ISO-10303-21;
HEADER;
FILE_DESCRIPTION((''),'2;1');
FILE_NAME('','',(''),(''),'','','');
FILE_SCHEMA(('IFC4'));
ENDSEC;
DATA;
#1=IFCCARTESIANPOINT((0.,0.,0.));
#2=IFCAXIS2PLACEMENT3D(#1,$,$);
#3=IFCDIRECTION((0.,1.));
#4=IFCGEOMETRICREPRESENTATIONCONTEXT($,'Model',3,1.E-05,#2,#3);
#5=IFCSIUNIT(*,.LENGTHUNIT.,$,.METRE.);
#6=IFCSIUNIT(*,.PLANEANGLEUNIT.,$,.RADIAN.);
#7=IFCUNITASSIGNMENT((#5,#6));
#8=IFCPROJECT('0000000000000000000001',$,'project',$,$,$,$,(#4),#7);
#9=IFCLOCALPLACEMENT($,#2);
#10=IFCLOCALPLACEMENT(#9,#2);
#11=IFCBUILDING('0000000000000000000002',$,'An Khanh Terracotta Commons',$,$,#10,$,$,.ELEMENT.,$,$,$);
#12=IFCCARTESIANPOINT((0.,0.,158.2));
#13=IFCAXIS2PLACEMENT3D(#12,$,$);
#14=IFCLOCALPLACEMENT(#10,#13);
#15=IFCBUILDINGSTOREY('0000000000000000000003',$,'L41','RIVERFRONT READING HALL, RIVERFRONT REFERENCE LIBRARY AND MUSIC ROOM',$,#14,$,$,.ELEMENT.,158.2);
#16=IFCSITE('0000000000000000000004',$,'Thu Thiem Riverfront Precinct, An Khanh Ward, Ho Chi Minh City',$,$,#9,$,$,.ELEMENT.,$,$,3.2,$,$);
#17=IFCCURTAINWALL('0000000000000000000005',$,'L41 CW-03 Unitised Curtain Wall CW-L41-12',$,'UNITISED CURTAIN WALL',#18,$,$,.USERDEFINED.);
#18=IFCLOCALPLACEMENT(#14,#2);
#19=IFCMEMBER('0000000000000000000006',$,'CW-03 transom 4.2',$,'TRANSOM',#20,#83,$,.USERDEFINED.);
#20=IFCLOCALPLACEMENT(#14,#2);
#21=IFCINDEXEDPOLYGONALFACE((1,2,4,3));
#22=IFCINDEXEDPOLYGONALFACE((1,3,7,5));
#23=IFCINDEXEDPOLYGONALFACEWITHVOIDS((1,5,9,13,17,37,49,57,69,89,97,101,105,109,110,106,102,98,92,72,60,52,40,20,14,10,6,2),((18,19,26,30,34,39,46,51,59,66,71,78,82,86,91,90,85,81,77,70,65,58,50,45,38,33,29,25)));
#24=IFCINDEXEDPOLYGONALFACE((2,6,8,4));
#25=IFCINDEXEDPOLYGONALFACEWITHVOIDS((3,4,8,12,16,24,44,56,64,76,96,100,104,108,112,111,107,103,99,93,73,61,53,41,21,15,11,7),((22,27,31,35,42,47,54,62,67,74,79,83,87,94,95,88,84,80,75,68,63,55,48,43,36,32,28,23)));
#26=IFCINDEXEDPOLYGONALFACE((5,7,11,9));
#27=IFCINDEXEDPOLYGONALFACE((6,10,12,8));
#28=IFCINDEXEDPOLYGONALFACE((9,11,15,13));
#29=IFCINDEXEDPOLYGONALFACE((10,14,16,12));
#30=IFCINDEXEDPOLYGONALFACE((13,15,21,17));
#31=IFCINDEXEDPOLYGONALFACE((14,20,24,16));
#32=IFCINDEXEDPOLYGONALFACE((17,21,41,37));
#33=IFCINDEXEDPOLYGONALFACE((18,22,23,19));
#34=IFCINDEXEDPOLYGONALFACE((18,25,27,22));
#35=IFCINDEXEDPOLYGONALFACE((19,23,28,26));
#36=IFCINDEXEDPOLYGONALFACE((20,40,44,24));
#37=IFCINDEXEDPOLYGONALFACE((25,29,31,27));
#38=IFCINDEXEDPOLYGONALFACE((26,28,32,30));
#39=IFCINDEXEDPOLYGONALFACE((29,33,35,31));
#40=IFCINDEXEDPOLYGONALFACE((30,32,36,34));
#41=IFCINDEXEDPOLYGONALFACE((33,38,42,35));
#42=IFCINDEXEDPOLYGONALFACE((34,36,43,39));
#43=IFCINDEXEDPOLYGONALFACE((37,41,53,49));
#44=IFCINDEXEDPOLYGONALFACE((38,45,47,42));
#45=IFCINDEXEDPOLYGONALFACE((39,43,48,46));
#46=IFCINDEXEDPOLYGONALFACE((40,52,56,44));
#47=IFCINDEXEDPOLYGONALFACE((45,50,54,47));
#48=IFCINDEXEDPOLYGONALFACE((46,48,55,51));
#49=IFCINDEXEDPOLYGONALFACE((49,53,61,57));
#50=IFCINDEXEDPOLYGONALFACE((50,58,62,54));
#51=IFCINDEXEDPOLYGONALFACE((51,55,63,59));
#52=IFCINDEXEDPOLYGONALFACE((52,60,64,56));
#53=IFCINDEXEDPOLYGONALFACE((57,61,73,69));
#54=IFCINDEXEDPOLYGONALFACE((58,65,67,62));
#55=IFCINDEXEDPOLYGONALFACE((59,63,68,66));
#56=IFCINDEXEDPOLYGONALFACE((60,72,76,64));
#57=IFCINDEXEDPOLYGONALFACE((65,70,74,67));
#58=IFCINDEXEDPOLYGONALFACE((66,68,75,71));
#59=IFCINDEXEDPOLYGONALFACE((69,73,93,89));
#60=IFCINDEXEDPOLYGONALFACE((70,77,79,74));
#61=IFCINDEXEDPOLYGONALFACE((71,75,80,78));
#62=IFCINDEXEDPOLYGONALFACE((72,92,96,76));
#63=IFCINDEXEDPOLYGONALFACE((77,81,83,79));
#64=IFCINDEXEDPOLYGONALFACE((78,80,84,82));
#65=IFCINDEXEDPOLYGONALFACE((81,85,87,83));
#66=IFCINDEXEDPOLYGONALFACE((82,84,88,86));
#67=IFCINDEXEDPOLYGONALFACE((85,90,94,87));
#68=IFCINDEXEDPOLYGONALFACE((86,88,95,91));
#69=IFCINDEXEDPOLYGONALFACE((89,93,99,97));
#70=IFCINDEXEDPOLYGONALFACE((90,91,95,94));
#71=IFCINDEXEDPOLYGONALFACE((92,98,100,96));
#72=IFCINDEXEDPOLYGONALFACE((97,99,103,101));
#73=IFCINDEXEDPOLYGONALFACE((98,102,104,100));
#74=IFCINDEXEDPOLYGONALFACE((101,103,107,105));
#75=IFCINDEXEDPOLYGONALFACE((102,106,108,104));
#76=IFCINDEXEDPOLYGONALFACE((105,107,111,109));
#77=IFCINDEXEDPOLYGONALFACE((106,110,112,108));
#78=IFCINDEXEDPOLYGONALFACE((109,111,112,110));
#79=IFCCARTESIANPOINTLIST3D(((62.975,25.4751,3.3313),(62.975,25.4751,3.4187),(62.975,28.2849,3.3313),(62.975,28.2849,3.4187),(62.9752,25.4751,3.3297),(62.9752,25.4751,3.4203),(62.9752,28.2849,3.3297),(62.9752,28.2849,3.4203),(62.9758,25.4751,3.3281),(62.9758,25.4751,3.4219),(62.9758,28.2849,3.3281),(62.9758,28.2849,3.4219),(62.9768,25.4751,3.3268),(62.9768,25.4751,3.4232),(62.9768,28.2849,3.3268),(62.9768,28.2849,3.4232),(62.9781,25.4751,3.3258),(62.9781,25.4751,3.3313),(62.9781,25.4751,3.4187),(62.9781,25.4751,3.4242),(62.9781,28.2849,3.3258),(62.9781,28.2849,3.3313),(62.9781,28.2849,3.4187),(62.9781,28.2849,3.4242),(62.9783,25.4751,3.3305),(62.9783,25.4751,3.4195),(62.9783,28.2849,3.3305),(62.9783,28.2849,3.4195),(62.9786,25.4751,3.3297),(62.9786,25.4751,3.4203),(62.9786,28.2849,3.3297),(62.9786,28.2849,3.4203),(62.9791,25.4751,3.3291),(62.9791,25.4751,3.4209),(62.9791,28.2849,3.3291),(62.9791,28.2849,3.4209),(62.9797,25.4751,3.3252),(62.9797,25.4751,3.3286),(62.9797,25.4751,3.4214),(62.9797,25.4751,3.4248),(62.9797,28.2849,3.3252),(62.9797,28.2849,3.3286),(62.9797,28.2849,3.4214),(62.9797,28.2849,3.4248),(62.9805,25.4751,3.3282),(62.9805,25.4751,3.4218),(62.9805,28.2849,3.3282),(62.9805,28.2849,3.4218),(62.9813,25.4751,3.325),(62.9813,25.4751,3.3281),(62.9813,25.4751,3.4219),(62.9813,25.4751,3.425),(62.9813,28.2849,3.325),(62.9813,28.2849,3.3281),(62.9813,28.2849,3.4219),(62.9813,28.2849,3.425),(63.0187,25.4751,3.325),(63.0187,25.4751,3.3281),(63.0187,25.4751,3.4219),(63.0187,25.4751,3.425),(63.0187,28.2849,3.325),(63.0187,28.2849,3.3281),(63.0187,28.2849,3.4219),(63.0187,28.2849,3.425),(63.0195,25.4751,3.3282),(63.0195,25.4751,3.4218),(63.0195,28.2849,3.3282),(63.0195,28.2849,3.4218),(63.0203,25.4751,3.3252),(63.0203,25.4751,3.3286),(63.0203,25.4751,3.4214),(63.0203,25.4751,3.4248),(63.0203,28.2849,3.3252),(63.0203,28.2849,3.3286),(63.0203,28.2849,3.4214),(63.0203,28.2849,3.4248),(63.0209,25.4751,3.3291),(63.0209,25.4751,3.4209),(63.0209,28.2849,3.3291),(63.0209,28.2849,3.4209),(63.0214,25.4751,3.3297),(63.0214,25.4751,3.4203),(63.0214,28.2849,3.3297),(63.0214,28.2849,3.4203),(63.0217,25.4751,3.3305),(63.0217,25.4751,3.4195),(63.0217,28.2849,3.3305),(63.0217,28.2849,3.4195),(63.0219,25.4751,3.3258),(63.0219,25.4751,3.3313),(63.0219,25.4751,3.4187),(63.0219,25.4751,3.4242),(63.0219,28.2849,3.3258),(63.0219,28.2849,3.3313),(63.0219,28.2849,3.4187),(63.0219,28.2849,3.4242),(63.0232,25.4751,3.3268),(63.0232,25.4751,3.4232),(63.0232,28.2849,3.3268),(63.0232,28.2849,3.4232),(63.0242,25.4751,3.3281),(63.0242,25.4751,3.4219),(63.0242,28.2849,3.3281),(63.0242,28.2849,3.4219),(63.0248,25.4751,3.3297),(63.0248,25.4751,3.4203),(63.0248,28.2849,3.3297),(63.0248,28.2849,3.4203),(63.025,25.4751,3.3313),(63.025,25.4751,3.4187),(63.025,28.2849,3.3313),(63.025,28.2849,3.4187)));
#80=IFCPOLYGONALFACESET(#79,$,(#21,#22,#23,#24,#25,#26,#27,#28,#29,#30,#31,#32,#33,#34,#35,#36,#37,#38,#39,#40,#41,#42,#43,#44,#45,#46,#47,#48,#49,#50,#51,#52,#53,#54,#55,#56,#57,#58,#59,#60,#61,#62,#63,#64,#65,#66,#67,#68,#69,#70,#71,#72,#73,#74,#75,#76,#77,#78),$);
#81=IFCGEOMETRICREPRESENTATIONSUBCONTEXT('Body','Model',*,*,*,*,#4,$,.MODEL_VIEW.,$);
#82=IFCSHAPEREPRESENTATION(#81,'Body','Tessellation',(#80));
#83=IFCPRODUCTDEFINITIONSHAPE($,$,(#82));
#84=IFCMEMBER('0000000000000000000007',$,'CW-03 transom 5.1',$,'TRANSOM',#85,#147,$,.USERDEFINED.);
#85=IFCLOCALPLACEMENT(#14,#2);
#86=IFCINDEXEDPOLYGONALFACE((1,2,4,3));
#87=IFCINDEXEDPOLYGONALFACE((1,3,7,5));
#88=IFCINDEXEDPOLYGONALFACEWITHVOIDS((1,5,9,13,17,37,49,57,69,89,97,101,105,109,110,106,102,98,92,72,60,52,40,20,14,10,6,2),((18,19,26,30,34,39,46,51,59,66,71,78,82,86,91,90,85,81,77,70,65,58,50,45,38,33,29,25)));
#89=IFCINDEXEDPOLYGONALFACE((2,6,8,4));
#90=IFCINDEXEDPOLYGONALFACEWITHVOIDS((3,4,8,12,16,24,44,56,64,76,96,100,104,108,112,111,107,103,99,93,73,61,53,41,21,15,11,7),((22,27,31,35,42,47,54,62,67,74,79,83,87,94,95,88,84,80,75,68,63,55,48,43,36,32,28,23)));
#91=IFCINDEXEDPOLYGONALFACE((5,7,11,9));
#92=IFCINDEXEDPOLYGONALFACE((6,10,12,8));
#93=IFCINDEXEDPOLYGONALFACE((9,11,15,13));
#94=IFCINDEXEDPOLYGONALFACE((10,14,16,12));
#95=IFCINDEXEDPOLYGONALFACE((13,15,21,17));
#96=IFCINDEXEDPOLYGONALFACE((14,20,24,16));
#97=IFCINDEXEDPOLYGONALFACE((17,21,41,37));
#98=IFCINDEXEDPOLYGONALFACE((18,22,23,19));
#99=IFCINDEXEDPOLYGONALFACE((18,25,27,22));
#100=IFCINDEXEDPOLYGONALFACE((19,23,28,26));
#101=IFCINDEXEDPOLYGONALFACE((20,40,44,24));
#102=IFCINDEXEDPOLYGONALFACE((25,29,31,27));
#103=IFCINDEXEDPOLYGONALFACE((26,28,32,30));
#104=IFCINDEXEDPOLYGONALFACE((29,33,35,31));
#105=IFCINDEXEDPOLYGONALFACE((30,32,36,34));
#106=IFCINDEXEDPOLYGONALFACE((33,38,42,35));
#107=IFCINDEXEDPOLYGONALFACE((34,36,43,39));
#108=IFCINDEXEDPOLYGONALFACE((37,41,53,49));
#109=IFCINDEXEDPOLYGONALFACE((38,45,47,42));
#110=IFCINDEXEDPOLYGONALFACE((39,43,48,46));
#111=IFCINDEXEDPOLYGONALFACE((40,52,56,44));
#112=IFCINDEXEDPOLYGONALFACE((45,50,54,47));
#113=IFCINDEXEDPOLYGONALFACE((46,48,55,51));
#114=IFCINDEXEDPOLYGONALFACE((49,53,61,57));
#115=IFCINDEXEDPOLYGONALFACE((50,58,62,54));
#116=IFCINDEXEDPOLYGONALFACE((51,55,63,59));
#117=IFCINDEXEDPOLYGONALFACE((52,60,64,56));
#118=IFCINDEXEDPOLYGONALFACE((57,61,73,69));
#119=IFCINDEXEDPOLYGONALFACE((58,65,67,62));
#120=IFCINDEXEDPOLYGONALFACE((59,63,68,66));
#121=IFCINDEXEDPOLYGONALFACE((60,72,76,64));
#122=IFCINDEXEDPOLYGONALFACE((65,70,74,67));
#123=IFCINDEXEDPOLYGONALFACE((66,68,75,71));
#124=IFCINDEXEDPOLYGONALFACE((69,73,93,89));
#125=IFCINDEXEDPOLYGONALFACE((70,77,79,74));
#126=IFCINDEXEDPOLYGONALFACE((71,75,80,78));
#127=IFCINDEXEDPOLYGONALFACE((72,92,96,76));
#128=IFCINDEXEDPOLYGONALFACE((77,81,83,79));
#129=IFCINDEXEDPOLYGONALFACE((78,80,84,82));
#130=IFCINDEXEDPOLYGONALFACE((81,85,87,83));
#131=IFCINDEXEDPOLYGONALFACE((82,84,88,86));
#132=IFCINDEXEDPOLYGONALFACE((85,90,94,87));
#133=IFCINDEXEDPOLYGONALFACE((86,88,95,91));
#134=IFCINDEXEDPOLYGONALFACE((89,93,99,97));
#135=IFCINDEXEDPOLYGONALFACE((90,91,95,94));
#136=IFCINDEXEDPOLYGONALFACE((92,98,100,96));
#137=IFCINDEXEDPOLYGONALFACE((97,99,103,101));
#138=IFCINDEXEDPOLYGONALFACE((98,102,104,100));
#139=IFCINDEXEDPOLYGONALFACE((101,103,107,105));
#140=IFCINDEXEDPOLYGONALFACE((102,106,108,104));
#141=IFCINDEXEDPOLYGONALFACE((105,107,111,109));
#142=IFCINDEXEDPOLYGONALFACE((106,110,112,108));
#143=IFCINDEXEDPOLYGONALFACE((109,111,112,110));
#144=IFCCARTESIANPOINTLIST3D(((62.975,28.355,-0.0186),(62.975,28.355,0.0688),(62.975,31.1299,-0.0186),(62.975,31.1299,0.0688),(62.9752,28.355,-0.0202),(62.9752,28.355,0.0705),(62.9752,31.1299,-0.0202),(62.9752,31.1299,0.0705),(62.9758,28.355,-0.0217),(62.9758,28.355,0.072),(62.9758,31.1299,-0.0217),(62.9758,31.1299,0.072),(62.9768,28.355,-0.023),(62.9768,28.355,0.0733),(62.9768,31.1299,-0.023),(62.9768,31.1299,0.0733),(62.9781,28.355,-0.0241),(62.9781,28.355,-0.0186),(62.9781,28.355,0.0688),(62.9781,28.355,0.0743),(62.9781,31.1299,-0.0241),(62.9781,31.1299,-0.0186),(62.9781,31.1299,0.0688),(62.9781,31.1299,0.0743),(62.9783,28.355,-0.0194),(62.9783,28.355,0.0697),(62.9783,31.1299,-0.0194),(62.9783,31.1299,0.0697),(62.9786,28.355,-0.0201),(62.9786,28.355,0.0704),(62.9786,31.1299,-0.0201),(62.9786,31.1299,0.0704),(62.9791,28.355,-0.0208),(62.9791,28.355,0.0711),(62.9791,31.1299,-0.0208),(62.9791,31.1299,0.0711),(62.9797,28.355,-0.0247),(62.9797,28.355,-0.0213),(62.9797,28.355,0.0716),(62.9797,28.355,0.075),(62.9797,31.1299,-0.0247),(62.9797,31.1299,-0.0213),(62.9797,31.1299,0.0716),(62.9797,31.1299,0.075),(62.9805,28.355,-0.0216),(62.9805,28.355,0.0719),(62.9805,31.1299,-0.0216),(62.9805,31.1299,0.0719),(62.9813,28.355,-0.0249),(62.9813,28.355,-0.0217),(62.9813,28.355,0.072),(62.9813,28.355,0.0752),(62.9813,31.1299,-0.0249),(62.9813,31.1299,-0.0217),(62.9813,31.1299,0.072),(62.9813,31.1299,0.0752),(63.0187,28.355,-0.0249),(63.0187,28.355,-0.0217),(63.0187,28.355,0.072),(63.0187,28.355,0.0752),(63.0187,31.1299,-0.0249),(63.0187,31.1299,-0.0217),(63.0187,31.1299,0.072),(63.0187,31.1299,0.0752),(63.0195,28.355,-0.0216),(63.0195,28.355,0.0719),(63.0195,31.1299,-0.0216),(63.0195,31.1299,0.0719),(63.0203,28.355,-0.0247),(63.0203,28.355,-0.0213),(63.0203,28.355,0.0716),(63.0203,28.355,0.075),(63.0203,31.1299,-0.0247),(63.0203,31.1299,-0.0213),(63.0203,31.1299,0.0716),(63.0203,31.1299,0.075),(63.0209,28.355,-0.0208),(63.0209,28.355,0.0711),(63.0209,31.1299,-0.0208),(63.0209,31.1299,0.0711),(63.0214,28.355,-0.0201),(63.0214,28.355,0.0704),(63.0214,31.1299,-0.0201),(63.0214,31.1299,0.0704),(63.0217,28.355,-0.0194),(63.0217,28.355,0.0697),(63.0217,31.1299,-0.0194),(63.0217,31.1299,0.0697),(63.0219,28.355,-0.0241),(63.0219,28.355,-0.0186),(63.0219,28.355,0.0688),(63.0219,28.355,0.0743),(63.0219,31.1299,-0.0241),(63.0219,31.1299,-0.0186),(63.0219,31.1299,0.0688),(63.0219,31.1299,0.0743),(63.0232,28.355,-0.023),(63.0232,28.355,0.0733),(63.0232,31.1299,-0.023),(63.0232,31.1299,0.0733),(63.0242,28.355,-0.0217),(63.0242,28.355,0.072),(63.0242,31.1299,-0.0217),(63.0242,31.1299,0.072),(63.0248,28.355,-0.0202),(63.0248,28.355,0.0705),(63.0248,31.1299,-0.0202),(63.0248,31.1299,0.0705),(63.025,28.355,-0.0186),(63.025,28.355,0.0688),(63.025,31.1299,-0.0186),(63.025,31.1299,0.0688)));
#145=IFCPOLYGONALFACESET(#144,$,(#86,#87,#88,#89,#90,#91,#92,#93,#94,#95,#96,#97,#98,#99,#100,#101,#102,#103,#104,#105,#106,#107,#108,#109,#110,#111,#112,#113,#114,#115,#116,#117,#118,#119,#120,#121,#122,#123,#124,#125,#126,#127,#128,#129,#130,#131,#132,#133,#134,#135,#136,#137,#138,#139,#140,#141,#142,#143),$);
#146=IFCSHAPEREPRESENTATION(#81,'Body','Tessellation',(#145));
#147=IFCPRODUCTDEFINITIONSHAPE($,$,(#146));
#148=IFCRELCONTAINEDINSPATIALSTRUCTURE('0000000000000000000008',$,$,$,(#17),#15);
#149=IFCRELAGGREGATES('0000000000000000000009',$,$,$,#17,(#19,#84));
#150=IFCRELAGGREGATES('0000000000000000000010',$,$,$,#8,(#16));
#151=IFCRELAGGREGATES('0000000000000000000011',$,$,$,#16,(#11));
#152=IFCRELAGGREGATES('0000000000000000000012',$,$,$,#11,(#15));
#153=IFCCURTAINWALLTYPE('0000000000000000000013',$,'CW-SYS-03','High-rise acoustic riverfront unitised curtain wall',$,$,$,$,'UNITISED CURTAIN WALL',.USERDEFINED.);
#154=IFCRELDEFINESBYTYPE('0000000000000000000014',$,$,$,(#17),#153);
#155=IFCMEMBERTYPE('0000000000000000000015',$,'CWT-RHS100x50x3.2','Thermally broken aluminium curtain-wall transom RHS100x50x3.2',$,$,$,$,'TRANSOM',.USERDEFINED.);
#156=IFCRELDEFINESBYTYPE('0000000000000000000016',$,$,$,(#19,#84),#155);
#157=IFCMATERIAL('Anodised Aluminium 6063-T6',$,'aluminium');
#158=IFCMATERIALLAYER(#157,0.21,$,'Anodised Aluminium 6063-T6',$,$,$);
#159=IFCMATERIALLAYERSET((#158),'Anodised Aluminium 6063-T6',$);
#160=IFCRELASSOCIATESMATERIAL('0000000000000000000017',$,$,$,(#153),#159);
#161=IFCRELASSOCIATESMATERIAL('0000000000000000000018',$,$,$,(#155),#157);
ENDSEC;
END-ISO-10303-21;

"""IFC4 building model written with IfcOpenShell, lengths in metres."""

from ifc_helpers import new_model, si_unit, direction, frame, origin, origin_2d, place, context, subcontext, project, spatial, hollow_rectangle, extrude, material, layer, layer_set, material_profile, profile_set, type_object, element, aggregate, save


model = new_model("IFC4")

# Units and contexts
model_context = context("Model", 3, precision=1e-05, world=origin(), true_north=direction((0.0, 1.0)))
body_context = subcontext(model_context, "Body", "Model", "MODEL_VIEW")
ifc_project = project(units=[si_unit("LENGTHUNIT", "METRE"), si_unit("PLANEANGLEUNIT", "RADIAN")], contexts=[model_context])

# Site, building, storey
site_placement = place(None, origin())
site = spatial("IfcSite", under=ifc_project, at=site_placement, Name="Thu Thiem Riverfront Precinct, An Khanh Ward, Ho Chi Minh City", CompositionType="ELEMENT", RefElevation=3.2)
building_placement = place(site_placement, origin())
building = spatial("IfcBuilding", under=site, at=building_placement, Name="An Khanh Terracotta Commons", CompositionType="ELEMENT")
storey_placement = place(building_placement, frame((0.0, 0.0, 158.2)))
storey = spatial("IfcBuildingStorey", under=building, at=storey_placement, Name="L41", Description="RIVERFRONT READING HALL, RIVERFRONT REFERENCE LIBRARY AND MUSIC ROOM", CompositionType="ELEMENT", Elevation=158.2)

# Curtain wall
ifc_material_1 = material(Name="Anodised Aluminium 6063-T6", Category="aluminium")
ifc_layer_1 = layer(ifc_material_1, 0.21, Name="Anodised Aluminium 6063-T6")
ifc_layer_set_1 = layer_set([ifc_layer_1], Name="Anodised Aluminium 6063-T6")
curtain_wall_type = type_object("IfcCurtainWallType", Name="CW-SYS-03", Description="High-rise acoustic riverfront unitised curtain wall", ElementType="UNITISED CURTAIN WALL", PredefinedType="USERDEFINED", material=ifc_layer_set_1)
curtain_wall_1_placement = place(storey_placement, origin())
curtain_wall_1 = element("IfcCurtainWall", 1, at=curtain_wall_1_placement, inside=storey, type_object=curtain_wall_type, Name="L41 CW-03 Unitised Curtain Wall CW-L41-12", ObjectType="UNITISED CURTAIN WALL", PredefinedType="USERDEFINED")

# Members
ifc_material_profile_1 = material_profile(ifc_material_1, hollow_rectangle(XDim=0.05, YDim=0.1001, WallThickness=0.0032, InnerFilletRadius=0.0032, OuterFilletRadius=0.0063, at=origin_2d()), Name="RHS100x50x3.2")
ifc_profile_set_1 = profile_set([ifc_material_profile_1], Name="Anodised Aluminium 6063-T6")
member_type_1 = type_object("IfcMemberType", Name="CWT-RHS100x50x3.2", Description="Thermally broken aluminium curtain-wall transom RHS100x50x3.2", ElementType="TRANSOM", PredefinedType="USERDEFINED", material=ifc_profile_set_1)
member_1_placement = place(storey_placement, frame((63.0, 25.4751, 3.375), z_axis=(0.0, 1.0, 0.0), x_axis=(-1.0, 0.0, 0.0)))
member_1 = element("IfcMember", 2, at=member_1_placement, type_object=member_type_1, Name="CW-03 transom 4.2", ObjectType="TRANSOM", PredefinedType="USERDEFINED", context=body_context, shape_type="SweptSolid", body=[
    extrude(hollow_rectangle(XDim=0.05, YDim=0.1001, WallThickness=0.0032, InnerFilletRadius=0.0032, OuterFilletRadius=0.0063, at=origin_2d()), origin(), (0.0, 0.0, 1.0), 2.8098),
])
member_2_placement = place(storey_placement, frame((63.0, 28.355, 0.0251), z_axis=(0.0, 1.0, 0.0), x_axis=(-1.0, 0.0, 0.0)))
member_2 = element("IfcMember", 3, at=member_2_placement, type_object=member_type_1, Name="CW-03 transom 5.1", ObjectType="TRANSOM", PredefinedType="USERDEFINED", context=body_context, shape_type="SweptSolid", body=[
    extrude(hollow_rectangle(XDim=0.05, YDim=0.1001, WallThickness=0.0032, InnerFilletRadius=0.0032, OuterFilletRadius=0.0063, at=origin_2d()), origin(), (0.0, 0.0, 1.0), 2.7749),
])

aggregate(curtain_wall_1, [member_1, member_2])

save(model, "model.ifc")
